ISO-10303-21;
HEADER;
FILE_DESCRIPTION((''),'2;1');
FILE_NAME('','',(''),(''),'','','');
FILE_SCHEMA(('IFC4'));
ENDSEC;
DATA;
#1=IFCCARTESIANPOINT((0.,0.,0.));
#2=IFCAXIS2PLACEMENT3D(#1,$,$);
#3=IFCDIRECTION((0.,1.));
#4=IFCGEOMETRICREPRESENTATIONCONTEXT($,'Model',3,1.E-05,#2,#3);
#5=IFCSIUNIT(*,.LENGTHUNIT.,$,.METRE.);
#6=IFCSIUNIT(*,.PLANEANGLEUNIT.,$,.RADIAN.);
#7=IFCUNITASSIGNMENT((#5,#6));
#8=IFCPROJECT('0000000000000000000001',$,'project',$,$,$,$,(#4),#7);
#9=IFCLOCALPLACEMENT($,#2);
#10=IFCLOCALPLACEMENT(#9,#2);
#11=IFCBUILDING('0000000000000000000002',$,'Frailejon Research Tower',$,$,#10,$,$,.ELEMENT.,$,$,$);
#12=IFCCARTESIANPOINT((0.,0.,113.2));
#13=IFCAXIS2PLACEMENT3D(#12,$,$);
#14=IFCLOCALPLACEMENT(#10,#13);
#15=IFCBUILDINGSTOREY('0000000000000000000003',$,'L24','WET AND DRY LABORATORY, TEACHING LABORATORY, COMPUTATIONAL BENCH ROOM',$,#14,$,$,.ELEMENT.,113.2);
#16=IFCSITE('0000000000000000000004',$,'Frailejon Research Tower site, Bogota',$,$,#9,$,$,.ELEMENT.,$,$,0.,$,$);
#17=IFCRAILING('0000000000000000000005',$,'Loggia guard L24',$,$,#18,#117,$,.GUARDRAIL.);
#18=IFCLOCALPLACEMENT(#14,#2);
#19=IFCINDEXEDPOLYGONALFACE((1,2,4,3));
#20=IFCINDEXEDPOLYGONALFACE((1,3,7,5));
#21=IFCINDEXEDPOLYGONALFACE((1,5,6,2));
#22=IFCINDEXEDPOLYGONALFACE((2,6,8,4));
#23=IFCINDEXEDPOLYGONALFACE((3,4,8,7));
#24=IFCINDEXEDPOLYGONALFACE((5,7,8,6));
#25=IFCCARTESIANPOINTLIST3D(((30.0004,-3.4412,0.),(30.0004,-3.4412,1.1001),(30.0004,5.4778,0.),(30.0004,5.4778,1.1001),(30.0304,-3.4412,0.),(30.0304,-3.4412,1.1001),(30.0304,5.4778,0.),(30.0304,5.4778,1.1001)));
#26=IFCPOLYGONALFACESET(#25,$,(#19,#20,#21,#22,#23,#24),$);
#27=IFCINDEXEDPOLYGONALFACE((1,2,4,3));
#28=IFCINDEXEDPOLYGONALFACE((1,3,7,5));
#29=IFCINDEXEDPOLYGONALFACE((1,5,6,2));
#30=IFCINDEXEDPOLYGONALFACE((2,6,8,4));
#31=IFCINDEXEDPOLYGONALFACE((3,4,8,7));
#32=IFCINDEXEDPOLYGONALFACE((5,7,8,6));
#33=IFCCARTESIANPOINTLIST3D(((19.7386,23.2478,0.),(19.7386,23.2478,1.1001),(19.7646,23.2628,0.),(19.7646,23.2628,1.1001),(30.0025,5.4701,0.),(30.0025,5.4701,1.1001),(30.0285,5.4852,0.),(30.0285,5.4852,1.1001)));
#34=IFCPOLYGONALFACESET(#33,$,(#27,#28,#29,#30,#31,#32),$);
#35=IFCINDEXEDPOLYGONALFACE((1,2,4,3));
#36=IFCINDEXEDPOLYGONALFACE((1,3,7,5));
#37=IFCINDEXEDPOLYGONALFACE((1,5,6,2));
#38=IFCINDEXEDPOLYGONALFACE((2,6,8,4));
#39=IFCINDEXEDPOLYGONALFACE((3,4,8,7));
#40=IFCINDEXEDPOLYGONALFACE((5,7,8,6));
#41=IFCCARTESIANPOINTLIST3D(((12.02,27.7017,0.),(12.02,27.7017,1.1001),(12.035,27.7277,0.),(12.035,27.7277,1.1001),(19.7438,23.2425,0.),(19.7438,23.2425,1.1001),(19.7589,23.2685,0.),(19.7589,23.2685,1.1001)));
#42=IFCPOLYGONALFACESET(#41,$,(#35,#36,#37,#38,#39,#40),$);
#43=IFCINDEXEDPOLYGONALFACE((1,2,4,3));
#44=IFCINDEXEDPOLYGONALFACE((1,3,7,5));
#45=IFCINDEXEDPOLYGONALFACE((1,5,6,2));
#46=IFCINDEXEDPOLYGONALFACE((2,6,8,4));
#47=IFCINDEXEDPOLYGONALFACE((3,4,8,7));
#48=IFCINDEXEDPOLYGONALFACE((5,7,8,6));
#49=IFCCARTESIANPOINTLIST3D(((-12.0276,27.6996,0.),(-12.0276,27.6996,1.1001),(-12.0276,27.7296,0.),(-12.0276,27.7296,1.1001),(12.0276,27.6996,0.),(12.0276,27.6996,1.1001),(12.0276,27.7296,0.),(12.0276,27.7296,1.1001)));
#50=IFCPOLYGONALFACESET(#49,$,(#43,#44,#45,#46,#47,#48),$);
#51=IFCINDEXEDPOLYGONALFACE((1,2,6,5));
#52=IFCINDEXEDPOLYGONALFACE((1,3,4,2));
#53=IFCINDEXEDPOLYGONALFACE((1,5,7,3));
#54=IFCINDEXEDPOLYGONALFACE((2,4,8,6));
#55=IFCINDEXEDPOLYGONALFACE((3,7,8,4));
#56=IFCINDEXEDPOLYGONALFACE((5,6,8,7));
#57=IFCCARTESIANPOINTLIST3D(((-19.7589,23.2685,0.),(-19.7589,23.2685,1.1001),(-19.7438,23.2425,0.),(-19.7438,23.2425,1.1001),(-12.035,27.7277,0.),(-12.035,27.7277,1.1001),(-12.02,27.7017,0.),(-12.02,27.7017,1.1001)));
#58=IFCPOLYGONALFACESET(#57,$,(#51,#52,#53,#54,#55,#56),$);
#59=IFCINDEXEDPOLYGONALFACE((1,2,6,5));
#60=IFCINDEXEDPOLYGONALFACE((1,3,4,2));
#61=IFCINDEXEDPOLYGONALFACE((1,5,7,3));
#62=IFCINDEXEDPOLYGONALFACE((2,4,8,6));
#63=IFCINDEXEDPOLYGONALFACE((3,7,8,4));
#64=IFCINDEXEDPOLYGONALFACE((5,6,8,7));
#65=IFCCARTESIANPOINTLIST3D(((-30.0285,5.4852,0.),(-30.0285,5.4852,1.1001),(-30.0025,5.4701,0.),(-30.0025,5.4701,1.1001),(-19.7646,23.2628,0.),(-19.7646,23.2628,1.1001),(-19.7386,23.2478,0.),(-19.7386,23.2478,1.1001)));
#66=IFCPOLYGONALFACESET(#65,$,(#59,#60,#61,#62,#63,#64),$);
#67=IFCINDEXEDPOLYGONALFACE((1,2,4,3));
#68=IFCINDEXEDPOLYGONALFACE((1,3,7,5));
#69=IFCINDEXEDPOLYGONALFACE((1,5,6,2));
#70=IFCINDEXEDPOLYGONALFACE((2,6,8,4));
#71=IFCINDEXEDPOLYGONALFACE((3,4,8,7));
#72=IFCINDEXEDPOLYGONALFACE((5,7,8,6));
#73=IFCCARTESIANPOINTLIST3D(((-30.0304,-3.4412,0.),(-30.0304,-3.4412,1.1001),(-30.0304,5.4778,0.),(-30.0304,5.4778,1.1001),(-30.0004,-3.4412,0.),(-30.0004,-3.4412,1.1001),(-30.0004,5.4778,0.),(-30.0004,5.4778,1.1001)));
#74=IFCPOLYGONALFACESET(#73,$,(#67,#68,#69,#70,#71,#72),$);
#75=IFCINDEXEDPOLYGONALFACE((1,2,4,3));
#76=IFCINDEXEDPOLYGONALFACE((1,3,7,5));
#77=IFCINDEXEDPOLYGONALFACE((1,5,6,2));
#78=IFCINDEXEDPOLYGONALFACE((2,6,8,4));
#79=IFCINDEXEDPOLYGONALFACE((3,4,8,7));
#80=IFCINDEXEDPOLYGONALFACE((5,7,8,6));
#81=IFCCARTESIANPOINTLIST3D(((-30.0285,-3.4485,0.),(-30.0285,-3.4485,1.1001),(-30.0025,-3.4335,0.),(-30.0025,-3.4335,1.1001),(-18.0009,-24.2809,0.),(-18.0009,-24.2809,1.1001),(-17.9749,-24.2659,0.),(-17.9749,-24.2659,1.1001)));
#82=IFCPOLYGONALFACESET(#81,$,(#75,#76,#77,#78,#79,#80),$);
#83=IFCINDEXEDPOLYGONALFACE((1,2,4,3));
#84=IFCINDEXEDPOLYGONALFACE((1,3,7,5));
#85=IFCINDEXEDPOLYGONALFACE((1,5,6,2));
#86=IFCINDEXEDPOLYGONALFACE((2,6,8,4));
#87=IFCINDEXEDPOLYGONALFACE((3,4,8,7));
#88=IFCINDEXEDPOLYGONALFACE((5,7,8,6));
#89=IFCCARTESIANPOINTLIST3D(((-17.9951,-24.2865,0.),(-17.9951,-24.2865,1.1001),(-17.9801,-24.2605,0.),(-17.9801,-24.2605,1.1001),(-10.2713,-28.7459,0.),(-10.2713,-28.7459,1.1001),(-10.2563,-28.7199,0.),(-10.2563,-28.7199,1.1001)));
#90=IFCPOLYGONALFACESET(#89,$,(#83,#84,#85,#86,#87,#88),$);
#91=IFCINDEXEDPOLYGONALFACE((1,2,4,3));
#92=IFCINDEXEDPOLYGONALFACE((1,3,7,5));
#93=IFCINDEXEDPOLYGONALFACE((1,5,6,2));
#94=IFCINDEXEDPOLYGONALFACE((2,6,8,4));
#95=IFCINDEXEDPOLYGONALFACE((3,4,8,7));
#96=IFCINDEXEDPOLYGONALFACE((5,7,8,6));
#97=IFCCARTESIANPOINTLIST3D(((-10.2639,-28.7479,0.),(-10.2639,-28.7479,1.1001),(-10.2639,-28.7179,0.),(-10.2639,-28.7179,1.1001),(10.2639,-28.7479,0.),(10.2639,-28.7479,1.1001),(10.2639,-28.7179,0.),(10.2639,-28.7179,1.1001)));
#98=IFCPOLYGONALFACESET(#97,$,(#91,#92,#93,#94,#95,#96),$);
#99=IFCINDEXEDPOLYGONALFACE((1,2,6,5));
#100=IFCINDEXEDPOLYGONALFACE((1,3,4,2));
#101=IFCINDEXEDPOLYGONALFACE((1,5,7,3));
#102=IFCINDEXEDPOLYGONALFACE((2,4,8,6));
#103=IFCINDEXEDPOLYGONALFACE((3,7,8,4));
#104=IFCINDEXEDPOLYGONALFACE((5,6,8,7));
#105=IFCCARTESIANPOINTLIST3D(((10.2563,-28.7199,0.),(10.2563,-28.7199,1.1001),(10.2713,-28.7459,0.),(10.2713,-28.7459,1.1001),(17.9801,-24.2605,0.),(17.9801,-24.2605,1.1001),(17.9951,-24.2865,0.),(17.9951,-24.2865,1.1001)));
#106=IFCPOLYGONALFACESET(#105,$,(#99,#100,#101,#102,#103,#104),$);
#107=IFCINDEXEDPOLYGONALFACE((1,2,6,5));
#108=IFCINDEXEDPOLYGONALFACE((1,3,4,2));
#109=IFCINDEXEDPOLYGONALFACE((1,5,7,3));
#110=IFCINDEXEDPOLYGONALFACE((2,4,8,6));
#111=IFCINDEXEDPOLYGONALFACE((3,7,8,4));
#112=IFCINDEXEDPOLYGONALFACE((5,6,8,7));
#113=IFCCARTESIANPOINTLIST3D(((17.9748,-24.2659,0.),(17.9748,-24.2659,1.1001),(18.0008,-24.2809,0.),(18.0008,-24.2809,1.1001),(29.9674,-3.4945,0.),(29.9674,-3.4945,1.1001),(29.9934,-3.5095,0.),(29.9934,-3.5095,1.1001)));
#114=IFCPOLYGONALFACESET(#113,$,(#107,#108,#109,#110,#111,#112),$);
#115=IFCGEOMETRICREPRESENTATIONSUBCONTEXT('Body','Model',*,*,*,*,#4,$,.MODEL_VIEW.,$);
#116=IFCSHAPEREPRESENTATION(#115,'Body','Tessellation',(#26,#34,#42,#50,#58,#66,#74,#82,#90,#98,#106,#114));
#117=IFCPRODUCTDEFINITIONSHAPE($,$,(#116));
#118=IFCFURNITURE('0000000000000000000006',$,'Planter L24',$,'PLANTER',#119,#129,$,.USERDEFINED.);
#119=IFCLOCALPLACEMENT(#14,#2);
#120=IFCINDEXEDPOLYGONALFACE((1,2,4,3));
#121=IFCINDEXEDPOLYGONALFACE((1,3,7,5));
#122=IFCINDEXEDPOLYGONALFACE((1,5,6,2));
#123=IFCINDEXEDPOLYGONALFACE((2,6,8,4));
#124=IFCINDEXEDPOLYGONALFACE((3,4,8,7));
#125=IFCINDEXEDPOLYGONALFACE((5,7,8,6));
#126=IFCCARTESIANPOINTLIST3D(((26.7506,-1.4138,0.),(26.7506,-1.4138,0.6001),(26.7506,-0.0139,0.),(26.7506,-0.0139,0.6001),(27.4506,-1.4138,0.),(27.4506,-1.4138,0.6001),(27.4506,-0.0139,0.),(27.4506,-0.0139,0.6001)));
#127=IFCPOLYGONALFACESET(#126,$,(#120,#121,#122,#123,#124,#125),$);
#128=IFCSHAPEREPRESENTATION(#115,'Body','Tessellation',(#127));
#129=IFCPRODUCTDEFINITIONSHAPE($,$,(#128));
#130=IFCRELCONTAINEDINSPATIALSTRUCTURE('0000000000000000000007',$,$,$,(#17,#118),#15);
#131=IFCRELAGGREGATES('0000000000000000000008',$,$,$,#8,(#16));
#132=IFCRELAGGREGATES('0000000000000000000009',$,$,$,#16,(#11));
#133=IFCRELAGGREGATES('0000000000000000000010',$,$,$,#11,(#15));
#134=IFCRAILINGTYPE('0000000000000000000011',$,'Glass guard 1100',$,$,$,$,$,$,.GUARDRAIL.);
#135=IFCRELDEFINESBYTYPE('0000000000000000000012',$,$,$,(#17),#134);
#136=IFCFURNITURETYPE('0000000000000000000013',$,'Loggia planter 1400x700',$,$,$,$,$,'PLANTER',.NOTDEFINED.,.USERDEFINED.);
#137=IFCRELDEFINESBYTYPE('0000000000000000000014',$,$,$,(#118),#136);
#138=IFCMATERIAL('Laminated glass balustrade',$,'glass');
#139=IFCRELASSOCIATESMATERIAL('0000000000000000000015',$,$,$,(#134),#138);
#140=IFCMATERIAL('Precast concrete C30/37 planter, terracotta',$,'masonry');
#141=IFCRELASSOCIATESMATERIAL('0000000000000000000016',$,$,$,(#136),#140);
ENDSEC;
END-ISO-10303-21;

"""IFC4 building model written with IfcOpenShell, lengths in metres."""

from ifc_helpers import new_model, si_unit, direction, frame, origin, origin_2d, place, context, subcontext, project, spatial, rectangle, extrude, material, type_object, element, save


model = new_model("IFC4")

# Units and contexts
model_context = context("Model", 3, precision=1e-05, world=origin(), true_north=direction((0.0, 1.0)))
body_context = subcontext(model_context, "Body", "Model", "MODEL_VIEW")
ifc_project = project(units=[si_unit("LENGTHUNIT", "METRE"), si_unit("PLANEANGLEUNIT", "RADIAN")], contexts=[model_context])

# Site, building, storey
site_placement = place(None, origin())
site = spatial("IfcSite", under=ifc_project, at=site_placement, Name="Frailejon Research Tower site, Bogota", CompositionType="ELEMENT", RefElevation=0.0)
building_placement = place(site_placement, origin())
building = spatial("IfcBuilding", under=site, at=building_placement, Name="Frailejon Research Tower", CompositionType="ELEMENT")
storey_placement = place(building_placement, frame((0.0, 0.0, 113.2)))
storey = spatial("IfcBuildingStorey", under=building, at=storey_placement, Name="L24", Description="WET AND DRY LABORATORY, TEACHING LABORATORY, COMPUTATIONAL BENCH ROOM", CompositionType="ELEMENT", Elevation=113.2)

# Railing
ifc_material_1 = material(Name="Laminated glass balustrade", Category="glass")
railing_type = type_object("IfcRailingType", Name="Glass guard 1100", PredefinedType="GUARDRAIL", material=ifc_material_1)
railing_placement = place(storey_placement, frame((30.0154, -3.4412, 0.0)))
element("IfcRailing", 1, at=railing_placement, inside=storey, type_object=railing_type, Name="Loggia guard L24", PredefinedType="GUARDRAIL", context=body_context, shape_type="SweptSolid", body=[
    extrude(rectangle(XDim=8.9189, YDim=0.03, at=origin_2d()), frame((0.0, 4.4595, 0.0), z_axis=(0.0, 0.0, 1.0), x_axis=(0.0, 1.0, 0.0)), (0.0, 0.0, 1.0), 1.1001),
    extrude(rectangle(XDim=20.5278, YDim=0.03, at=origin_2d()), frame((-5.1318, 17.8076, 0.0), z_axis=(0.0, 0.0, 1.0), x_axis=(-0.500001, 0.866025, 0.0)), (0.0, 0.0, 1.0), 1.1001),
    extrude(rectangle(XDim=8.9187, YDim=0.03, at=origin_2d()), frame((-14.126, 28.9263, 0.0), z_axis=(0.0, 0.0, 1.0), x_axis=(-0.866033, 0.499987, 0.0)), (0.0, 0.0, 1.0), 1.1001),
    extrude(rectangle(XDim=24.0552, YDim=0.03, at=origin_2d()), frame((-30.0154, 31.1558, 0.0), z_axis=(0.0, 0.0, 1.0), x_axis=(-1.0, 0.0, 0.0)), (0.0, 0.0, 1.0), 1.1001),
    extrude(rectangle(XDim=8.9187, YDim=0.03, at=origin_2d()), frame((-45.9048, 28.9263, 0.0), z_axis=(0.0, 0.0, 1.0), x_axis=(-0.866033, -0.499987, 0.0)), (0.0, 0.0, 1.0), 1.1001),
    extrude(rectangle(XDim=20.5278, YDim=0.03, at=origin_2d()), frame((-54.8989, 17.8076, 0.0), z_axis=(0.0, 0.0, 1.0), x_axis=(-0.500001, -0.866025, 0.0)), (0.0, 0.0, 1.0), 1.1001),
    extrude(rectangle(XDim=8.9189, YDim=0.03, at=origin_2d()), frame((-60.0308, 4.4595, 0.0), z_axis=(0.0, 0.0, 1.0), x_axis=(0.0, -1.0, 0.0)), (0.0, 0.0, 1.0), 1.1001),
    extrude(rectangle(XDim=24.0552, YDim=0.03, at=origin_2d()), frame((-54.0171, -10.416, 0.0), z_axis=(0.0, 0.0, 1.0), x_axis=(0.500002, -0.866024, 0.0)), (0.0, 0.0, 1.0), 1.1001),
    extrude(rectangle(XDim=8.9187, YDim=0.03, at=origin_2d()), frame((-44.1411, -23.062, 0.0), z_axis=(0.0, 0.0, 1.0), x_axis=(0.866021, -0.500008, 0.0)), (0.0, 0.0, 1.0), 1.1001),
    extrude(rectangle(XDim=20.5278, YDim=0.03, at=origin_2d()), frame((-30.0154, -25.2917, 0.0), z_axis=(0.0, 0.0, 1.0), x_axis=(1.0, 0.0, 0.0)), (0.0, 0.0, 1.0), 1.1001),
    extrude(rectangle(XDim=8.9187, YDim=0.03, at=origin_2d()), frame((-15.8896, -23.062, 0.0), z_axis=(0.0, 0.0, 1.0), x_axis=(0.866021, 0.500008, 0.0)), (0.0, 0.0, 1.0), 1.1001),
    extrude(rectangle(XDim=23.9849, YDim=0.03, at=origin_2d()), frame((-6.0312, -10.4465, 0.0), z_axis=(0.0, 0.0, 1.0), x_axis=(0.500008, 0.866021, 0.0)), (0.0, 0.0, 1.0), 1.1001),
])

# Furniture
ifc_material_2 = material(Name="Precast concrete C30/37 planter, terracotta", Category="masonry")
furniture_type = type_object("IfcFurnitureType", Name="Loggia planter 1400x700", ElementType="PLANTER", AssemblyPlace="NOTDEFINED", PredefinedType="USERDEFINED", material=ifc_material_2)
furniture_placement = place(storey_placement, frame((27.1006, -0.7139, 0.0), z_axis=(0.0, 0.0, 1.0), x_axis=(0.0, 1.0, 0.0)))
element("IfcFurniture", 2, at=furniture_placement, inside=storey, type_object=furniture_type, Name="Planter L24", ObjectType="PLANTER", PredefinedType="USERDEFINED", context=body_context, shape_type="SweptSolid", body=[
    extrude(rectangle(XDim=1.3999, YDim=0.7, at=origin_2d()), origin(), (0.0, 0.0, 1.0), 0.6001),
])

save(model, "model.ifc")
